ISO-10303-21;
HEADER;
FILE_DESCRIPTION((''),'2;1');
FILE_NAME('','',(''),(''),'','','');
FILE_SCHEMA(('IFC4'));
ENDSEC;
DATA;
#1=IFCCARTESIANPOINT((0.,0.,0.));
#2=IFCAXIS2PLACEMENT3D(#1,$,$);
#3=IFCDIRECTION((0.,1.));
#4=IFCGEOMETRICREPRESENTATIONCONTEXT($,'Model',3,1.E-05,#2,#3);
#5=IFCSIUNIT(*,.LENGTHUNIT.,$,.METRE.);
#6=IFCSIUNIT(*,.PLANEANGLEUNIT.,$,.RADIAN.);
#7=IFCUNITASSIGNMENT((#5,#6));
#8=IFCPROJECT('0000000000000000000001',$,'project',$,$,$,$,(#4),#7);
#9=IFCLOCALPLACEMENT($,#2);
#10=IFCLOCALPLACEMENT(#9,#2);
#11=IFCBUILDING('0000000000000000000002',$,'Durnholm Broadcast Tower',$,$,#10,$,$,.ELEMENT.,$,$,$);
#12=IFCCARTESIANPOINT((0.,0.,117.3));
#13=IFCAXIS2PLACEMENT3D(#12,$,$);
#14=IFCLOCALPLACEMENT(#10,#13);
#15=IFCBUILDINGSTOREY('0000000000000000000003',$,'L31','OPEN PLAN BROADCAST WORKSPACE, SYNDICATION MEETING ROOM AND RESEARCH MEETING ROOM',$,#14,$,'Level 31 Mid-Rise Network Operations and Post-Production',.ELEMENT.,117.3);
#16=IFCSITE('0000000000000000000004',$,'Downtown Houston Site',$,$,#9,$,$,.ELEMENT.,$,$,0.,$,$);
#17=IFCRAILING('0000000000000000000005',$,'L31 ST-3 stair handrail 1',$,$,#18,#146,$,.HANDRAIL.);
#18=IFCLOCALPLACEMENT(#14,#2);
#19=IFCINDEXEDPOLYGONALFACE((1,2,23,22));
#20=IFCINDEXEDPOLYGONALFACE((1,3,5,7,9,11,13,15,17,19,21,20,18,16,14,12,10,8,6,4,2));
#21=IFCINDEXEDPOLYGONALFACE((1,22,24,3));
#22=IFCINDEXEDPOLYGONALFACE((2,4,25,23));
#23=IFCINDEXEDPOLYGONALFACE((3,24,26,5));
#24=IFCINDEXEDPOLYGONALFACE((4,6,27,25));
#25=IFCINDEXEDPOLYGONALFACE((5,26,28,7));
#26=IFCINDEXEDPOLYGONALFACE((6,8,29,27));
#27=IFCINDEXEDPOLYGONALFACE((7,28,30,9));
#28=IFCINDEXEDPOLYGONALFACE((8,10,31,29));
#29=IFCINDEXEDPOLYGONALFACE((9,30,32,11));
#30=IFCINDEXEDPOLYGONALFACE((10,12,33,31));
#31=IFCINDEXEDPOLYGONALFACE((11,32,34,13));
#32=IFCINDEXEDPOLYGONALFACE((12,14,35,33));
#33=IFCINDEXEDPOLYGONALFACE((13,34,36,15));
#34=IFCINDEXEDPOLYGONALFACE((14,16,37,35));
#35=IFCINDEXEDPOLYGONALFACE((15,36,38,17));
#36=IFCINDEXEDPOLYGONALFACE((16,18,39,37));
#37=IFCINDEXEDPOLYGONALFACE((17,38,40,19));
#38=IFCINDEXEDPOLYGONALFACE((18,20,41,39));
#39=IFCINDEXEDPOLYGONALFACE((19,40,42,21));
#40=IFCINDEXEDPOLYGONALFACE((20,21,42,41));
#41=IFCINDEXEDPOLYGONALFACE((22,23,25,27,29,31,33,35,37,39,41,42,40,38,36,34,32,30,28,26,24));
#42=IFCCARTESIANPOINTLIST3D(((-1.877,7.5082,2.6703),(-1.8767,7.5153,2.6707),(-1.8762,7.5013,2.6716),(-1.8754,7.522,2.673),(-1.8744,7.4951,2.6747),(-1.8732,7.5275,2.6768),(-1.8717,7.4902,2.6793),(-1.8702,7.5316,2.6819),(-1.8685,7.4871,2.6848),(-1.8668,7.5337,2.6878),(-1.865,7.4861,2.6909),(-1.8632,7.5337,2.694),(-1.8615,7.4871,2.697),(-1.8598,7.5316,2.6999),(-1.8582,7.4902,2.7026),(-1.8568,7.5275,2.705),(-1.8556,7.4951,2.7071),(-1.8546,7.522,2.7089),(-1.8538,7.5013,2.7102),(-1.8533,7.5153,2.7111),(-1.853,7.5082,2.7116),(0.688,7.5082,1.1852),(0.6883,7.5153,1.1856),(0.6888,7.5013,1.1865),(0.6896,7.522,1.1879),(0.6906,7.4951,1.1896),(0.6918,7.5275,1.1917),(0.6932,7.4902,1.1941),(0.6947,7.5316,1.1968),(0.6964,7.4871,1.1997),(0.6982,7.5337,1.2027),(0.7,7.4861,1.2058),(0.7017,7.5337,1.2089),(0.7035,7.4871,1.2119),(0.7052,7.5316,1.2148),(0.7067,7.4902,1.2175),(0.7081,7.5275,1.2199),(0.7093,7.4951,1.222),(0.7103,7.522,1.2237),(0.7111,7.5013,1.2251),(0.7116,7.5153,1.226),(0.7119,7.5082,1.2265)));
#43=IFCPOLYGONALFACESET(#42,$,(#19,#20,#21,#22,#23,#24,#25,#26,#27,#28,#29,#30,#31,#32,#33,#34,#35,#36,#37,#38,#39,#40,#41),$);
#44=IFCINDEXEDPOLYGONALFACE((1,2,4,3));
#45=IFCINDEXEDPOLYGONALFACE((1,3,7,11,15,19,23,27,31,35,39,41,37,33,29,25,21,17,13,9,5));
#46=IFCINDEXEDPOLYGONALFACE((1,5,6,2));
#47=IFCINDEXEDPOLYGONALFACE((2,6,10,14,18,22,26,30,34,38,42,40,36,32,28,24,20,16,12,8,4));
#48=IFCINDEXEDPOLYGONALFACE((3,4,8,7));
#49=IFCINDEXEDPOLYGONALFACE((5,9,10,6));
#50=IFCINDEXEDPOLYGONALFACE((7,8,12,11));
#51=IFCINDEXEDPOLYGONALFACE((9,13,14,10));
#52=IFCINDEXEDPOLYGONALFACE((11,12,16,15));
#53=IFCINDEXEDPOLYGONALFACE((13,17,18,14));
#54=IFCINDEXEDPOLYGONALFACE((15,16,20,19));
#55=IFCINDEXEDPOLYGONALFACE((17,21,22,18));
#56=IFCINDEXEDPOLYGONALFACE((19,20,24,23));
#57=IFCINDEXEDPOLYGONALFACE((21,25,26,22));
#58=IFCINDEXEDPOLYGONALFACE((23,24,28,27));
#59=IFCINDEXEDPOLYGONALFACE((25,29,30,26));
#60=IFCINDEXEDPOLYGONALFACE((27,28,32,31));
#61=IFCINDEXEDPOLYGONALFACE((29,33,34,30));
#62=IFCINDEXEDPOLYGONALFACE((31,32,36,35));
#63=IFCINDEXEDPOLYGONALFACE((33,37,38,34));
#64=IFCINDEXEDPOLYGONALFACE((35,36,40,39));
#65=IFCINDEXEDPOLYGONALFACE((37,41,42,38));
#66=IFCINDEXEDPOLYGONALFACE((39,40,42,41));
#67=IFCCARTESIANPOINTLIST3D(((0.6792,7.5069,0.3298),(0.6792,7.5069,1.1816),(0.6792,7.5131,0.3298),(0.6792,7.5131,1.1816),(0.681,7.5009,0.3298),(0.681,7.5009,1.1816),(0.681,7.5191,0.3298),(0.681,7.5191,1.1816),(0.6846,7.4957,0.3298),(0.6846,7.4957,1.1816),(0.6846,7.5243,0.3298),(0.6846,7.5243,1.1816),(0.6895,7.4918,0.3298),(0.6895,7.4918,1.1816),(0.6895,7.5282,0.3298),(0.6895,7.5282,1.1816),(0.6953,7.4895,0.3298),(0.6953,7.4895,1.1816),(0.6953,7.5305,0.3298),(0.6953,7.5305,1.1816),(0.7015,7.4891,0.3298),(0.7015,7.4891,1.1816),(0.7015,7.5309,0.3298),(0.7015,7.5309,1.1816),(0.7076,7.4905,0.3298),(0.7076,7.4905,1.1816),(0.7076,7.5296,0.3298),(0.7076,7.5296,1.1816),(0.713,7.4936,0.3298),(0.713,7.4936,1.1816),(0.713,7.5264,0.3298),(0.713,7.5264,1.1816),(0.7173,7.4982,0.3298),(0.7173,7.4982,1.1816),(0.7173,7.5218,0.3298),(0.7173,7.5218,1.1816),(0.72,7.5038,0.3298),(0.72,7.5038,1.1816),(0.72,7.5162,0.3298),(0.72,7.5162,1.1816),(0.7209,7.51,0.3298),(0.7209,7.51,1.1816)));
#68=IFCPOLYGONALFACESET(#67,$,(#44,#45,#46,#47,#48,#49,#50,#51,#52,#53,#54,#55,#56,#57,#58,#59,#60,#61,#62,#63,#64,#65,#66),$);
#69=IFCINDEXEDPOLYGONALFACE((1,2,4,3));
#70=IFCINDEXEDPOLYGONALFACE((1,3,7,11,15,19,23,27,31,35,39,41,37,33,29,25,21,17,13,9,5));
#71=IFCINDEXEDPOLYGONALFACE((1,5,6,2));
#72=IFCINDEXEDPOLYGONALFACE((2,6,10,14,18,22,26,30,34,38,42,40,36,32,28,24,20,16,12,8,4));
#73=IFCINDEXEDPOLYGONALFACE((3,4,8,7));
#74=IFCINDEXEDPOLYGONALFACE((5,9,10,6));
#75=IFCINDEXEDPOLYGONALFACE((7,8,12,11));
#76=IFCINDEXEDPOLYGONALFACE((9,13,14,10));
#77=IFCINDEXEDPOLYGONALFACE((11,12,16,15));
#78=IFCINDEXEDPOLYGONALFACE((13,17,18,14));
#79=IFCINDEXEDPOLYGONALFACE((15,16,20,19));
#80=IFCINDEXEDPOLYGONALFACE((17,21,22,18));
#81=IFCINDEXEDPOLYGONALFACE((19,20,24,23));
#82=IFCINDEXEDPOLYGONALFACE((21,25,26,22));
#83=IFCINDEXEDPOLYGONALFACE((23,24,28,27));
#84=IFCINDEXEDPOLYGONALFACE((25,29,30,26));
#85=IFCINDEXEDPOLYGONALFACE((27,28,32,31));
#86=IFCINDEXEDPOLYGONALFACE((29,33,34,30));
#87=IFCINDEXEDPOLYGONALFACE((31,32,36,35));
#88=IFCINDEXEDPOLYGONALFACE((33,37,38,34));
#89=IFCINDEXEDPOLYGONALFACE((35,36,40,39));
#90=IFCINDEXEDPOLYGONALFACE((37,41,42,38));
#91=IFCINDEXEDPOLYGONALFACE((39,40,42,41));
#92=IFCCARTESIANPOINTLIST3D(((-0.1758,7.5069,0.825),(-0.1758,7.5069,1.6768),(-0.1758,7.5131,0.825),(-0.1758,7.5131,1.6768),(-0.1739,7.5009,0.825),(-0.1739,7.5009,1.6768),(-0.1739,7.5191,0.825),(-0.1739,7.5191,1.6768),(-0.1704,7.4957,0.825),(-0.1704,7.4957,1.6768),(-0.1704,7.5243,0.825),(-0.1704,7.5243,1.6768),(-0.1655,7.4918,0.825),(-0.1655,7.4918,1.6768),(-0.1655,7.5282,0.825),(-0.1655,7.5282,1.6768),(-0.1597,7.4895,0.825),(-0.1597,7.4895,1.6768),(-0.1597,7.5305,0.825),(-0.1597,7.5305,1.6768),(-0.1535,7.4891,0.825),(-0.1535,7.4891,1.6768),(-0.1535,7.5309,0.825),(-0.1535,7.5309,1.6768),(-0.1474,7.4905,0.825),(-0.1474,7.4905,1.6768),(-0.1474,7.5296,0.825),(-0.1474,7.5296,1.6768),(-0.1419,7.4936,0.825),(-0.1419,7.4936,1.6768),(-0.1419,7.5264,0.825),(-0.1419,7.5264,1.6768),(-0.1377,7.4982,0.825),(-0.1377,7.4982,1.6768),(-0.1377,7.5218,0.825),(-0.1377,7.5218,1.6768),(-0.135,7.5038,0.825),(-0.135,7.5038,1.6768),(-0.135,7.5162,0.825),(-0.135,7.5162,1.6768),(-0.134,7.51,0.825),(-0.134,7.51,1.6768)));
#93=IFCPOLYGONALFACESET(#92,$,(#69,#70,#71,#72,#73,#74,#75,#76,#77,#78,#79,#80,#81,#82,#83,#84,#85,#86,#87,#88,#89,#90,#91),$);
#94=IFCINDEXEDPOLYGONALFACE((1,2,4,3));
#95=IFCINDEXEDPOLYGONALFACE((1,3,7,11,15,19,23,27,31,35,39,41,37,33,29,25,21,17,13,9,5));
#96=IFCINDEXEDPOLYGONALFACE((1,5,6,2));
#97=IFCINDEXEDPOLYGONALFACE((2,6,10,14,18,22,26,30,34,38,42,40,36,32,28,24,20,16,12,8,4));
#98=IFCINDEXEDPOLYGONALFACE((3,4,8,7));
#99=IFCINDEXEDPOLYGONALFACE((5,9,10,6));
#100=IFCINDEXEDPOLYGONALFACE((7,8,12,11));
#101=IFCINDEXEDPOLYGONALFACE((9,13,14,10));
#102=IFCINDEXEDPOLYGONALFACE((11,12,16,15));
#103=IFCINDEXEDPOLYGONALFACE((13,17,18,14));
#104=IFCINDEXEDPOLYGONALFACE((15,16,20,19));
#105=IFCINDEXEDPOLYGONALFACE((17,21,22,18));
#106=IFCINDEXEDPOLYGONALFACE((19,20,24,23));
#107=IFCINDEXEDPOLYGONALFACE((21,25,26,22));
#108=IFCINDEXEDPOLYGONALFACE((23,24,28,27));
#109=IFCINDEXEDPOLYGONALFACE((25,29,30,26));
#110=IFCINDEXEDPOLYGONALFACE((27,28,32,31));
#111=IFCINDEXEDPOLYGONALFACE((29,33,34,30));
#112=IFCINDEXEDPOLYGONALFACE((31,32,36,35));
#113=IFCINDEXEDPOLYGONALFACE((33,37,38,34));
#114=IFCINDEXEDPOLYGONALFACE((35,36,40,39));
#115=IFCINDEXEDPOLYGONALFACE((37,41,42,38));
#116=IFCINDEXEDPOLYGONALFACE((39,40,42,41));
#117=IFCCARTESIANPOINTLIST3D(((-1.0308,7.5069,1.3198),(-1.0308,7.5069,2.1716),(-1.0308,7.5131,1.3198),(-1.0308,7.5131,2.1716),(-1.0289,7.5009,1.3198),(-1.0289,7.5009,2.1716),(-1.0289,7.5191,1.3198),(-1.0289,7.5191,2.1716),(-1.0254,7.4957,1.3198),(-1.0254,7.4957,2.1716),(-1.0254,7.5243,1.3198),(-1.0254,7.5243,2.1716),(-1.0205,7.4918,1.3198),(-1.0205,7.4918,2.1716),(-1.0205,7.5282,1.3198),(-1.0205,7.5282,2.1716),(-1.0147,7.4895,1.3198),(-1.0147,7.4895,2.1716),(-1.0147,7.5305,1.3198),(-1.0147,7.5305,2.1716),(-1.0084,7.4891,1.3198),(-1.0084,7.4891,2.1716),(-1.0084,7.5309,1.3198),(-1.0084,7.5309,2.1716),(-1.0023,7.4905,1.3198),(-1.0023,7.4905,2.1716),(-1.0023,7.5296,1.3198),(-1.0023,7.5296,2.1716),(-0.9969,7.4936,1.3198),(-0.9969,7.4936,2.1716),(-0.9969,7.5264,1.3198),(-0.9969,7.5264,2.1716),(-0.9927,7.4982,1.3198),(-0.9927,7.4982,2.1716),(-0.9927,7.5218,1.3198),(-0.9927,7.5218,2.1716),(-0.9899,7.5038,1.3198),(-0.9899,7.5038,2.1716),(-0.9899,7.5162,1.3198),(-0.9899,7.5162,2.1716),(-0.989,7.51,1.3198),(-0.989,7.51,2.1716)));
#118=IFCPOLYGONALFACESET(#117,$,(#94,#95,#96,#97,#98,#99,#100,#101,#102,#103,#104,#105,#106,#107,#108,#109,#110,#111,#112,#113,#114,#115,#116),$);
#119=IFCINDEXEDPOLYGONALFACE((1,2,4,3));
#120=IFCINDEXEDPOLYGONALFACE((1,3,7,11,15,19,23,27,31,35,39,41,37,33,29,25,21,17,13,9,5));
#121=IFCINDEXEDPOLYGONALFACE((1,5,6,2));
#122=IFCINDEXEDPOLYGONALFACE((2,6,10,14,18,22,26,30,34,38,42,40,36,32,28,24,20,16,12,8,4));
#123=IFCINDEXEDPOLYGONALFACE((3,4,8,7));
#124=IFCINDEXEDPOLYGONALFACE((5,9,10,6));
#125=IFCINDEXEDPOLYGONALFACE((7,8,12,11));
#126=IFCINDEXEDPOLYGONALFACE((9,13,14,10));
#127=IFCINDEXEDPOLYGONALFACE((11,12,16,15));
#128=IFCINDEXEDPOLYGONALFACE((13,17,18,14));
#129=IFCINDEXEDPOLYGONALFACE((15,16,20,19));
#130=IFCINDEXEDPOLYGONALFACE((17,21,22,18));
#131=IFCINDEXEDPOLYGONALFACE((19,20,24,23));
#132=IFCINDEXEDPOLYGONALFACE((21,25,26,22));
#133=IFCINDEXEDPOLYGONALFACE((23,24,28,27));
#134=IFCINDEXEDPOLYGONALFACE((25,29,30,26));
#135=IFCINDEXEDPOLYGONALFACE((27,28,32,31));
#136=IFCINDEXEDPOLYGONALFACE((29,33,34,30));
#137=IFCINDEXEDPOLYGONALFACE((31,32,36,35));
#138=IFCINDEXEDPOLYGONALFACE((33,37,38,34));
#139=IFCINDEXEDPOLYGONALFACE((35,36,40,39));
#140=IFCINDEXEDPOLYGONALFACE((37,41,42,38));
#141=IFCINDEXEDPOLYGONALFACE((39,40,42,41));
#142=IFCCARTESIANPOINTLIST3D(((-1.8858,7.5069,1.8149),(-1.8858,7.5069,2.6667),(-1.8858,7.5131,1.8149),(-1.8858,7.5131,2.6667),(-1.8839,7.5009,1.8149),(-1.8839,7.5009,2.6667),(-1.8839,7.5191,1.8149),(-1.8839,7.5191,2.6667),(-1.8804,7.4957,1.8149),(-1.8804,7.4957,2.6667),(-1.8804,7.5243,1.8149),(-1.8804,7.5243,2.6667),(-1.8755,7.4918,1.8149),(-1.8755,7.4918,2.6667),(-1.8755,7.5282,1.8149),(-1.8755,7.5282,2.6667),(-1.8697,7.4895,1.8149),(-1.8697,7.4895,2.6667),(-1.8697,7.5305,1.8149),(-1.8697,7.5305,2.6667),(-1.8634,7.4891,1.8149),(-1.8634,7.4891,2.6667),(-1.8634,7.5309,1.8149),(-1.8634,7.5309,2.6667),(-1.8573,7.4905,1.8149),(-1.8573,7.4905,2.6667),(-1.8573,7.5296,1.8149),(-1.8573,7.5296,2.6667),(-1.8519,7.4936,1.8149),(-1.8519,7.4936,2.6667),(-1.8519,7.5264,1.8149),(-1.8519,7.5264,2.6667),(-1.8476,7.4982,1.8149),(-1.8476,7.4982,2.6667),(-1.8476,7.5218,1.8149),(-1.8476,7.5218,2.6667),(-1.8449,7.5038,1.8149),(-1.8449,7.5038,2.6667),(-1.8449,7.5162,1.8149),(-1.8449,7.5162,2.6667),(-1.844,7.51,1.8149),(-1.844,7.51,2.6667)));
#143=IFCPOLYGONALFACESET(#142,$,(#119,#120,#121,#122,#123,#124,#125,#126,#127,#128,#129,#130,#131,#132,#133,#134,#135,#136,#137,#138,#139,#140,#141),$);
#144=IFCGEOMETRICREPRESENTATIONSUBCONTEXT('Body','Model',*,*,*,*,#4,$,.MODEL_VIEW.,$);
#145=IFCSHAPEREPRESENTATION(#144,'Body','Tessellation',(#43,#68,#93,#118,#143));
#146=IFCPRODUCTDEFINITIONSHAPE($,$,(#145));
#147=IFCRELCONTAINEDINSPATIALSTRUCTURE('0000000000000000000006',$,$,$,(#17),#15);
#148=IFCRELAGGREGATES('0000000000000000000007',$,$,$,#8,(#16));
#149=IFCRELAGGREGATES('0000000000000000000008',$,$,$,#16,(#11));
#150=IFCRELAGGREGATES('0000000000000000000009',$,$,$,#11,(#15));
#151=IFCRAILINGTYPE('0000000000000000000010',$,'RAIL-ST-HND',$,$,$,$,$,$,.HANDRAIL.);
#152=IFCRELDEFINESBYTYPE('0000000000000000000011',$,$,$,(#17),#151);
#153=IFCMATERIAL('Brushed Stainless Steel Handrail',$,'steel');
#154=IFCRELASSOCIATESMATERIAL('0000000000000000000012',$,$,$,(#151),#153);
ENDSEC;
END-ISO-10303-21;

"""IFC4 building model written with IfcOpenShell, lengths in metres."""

from ifc_helpers import new_model, si_unit, direction, frame, origin, origin_2d, place, context, subcontext, project, spatial, circle, extrude, material, type_object, element, save


model = new_model("IFC4")

# Units and contexts
model_context = context("Model", 3, precision=1e-05, world=origin(), true_north=direction((0.0, 1.0)))
body_context = subcontext(model_context, "Body", "Model", "MODEL_VIEW")
ifc_project = project(units=[si_unit("LENGTHUNIT", "METRE"), si_unit("PLANEANGLEUNIT", "RADIAN")], contexts=[model_context])

# Site, building, storey
site_placement = place(None, origin())
site = spatial("IfcSite", under=ifc_project, at=site_placement, Name="Downtown Houston Site", CompositionType="ELEMENT", RefElevation=0.0)
building_placement = place(site_placement, origin())
building = spatial("IfcBuilding", under=site, at=building_placement, Name="Durnholm Broadcast Tower", CompositionType="ELEMENT")
storey_placement = place(building_placement, frame((0.0, 0.0, 117.3)))
storey = spatial("IfcBuildingStorey", under=building, at=storey_placement, Name="L31", Description="OPEN PLAN BROADCAST WORKSPACE, SYNDICATION MEETING ROOM AND RESEARCH MEETING ROOM", LongName="Level 31 Mid-Rise Network Operations and Post-Production", CompositionType="ELEMENT", Elevation=117.3)

# Railing
ifc_material_1 = material(Name="Brushed Stainless Steel Handrail", Category="steel")
railing_type_1 = type_object("IfcRailingType", Name="RAIL-ST-HND", PredefinedType="HANDRAIL", material=ifc_material_1)
railing_1_placement = place(storey_placement, frame((0.7, 7.51, 0.3298)))
element("IfcRailing", 1, at=railing_1_placement, inside=storey, type_object=railing_type_1, Name="L31 ST-3 stair handrail 1", PredefinedType="HANDRAIL", context=body_context, shape_type="SweptSolid", body=[
    extrude(circle(Radius=0.0239, at=origin_2d()), frame((0.0, 0.0, 0.876), z_axis=(-0.865406, 0.0, 0.501072), x_axis=(0.0, -1.0, 0.0)), (0.0, 0.0, 1.0), 2.9639),
    extrude(circle(Radius=0.021, at=origin_2d()), origin(), (0.0, 0.0, 1.0), 0.8518),
    extrude(circle(Radius=0.021, at=origin_2d()), frame((-0.855, 0.0, 0.4951)), (0.0, 0.0, 1.0), 0.8518),
    extrude(circle(Radius=0.021, at=origin_2d()), frame((-1.71, 0.0, 0.99)), (0.0, 0.0, 1.0), 0.8518),
    extrude(circle(Radius=0.021, at=origin_2d()), frame((-2.5649, 0.0, 1.4851)), (0.0, 0.0, 1.0), 0.8518),
])

save(model, "model.ifc")
